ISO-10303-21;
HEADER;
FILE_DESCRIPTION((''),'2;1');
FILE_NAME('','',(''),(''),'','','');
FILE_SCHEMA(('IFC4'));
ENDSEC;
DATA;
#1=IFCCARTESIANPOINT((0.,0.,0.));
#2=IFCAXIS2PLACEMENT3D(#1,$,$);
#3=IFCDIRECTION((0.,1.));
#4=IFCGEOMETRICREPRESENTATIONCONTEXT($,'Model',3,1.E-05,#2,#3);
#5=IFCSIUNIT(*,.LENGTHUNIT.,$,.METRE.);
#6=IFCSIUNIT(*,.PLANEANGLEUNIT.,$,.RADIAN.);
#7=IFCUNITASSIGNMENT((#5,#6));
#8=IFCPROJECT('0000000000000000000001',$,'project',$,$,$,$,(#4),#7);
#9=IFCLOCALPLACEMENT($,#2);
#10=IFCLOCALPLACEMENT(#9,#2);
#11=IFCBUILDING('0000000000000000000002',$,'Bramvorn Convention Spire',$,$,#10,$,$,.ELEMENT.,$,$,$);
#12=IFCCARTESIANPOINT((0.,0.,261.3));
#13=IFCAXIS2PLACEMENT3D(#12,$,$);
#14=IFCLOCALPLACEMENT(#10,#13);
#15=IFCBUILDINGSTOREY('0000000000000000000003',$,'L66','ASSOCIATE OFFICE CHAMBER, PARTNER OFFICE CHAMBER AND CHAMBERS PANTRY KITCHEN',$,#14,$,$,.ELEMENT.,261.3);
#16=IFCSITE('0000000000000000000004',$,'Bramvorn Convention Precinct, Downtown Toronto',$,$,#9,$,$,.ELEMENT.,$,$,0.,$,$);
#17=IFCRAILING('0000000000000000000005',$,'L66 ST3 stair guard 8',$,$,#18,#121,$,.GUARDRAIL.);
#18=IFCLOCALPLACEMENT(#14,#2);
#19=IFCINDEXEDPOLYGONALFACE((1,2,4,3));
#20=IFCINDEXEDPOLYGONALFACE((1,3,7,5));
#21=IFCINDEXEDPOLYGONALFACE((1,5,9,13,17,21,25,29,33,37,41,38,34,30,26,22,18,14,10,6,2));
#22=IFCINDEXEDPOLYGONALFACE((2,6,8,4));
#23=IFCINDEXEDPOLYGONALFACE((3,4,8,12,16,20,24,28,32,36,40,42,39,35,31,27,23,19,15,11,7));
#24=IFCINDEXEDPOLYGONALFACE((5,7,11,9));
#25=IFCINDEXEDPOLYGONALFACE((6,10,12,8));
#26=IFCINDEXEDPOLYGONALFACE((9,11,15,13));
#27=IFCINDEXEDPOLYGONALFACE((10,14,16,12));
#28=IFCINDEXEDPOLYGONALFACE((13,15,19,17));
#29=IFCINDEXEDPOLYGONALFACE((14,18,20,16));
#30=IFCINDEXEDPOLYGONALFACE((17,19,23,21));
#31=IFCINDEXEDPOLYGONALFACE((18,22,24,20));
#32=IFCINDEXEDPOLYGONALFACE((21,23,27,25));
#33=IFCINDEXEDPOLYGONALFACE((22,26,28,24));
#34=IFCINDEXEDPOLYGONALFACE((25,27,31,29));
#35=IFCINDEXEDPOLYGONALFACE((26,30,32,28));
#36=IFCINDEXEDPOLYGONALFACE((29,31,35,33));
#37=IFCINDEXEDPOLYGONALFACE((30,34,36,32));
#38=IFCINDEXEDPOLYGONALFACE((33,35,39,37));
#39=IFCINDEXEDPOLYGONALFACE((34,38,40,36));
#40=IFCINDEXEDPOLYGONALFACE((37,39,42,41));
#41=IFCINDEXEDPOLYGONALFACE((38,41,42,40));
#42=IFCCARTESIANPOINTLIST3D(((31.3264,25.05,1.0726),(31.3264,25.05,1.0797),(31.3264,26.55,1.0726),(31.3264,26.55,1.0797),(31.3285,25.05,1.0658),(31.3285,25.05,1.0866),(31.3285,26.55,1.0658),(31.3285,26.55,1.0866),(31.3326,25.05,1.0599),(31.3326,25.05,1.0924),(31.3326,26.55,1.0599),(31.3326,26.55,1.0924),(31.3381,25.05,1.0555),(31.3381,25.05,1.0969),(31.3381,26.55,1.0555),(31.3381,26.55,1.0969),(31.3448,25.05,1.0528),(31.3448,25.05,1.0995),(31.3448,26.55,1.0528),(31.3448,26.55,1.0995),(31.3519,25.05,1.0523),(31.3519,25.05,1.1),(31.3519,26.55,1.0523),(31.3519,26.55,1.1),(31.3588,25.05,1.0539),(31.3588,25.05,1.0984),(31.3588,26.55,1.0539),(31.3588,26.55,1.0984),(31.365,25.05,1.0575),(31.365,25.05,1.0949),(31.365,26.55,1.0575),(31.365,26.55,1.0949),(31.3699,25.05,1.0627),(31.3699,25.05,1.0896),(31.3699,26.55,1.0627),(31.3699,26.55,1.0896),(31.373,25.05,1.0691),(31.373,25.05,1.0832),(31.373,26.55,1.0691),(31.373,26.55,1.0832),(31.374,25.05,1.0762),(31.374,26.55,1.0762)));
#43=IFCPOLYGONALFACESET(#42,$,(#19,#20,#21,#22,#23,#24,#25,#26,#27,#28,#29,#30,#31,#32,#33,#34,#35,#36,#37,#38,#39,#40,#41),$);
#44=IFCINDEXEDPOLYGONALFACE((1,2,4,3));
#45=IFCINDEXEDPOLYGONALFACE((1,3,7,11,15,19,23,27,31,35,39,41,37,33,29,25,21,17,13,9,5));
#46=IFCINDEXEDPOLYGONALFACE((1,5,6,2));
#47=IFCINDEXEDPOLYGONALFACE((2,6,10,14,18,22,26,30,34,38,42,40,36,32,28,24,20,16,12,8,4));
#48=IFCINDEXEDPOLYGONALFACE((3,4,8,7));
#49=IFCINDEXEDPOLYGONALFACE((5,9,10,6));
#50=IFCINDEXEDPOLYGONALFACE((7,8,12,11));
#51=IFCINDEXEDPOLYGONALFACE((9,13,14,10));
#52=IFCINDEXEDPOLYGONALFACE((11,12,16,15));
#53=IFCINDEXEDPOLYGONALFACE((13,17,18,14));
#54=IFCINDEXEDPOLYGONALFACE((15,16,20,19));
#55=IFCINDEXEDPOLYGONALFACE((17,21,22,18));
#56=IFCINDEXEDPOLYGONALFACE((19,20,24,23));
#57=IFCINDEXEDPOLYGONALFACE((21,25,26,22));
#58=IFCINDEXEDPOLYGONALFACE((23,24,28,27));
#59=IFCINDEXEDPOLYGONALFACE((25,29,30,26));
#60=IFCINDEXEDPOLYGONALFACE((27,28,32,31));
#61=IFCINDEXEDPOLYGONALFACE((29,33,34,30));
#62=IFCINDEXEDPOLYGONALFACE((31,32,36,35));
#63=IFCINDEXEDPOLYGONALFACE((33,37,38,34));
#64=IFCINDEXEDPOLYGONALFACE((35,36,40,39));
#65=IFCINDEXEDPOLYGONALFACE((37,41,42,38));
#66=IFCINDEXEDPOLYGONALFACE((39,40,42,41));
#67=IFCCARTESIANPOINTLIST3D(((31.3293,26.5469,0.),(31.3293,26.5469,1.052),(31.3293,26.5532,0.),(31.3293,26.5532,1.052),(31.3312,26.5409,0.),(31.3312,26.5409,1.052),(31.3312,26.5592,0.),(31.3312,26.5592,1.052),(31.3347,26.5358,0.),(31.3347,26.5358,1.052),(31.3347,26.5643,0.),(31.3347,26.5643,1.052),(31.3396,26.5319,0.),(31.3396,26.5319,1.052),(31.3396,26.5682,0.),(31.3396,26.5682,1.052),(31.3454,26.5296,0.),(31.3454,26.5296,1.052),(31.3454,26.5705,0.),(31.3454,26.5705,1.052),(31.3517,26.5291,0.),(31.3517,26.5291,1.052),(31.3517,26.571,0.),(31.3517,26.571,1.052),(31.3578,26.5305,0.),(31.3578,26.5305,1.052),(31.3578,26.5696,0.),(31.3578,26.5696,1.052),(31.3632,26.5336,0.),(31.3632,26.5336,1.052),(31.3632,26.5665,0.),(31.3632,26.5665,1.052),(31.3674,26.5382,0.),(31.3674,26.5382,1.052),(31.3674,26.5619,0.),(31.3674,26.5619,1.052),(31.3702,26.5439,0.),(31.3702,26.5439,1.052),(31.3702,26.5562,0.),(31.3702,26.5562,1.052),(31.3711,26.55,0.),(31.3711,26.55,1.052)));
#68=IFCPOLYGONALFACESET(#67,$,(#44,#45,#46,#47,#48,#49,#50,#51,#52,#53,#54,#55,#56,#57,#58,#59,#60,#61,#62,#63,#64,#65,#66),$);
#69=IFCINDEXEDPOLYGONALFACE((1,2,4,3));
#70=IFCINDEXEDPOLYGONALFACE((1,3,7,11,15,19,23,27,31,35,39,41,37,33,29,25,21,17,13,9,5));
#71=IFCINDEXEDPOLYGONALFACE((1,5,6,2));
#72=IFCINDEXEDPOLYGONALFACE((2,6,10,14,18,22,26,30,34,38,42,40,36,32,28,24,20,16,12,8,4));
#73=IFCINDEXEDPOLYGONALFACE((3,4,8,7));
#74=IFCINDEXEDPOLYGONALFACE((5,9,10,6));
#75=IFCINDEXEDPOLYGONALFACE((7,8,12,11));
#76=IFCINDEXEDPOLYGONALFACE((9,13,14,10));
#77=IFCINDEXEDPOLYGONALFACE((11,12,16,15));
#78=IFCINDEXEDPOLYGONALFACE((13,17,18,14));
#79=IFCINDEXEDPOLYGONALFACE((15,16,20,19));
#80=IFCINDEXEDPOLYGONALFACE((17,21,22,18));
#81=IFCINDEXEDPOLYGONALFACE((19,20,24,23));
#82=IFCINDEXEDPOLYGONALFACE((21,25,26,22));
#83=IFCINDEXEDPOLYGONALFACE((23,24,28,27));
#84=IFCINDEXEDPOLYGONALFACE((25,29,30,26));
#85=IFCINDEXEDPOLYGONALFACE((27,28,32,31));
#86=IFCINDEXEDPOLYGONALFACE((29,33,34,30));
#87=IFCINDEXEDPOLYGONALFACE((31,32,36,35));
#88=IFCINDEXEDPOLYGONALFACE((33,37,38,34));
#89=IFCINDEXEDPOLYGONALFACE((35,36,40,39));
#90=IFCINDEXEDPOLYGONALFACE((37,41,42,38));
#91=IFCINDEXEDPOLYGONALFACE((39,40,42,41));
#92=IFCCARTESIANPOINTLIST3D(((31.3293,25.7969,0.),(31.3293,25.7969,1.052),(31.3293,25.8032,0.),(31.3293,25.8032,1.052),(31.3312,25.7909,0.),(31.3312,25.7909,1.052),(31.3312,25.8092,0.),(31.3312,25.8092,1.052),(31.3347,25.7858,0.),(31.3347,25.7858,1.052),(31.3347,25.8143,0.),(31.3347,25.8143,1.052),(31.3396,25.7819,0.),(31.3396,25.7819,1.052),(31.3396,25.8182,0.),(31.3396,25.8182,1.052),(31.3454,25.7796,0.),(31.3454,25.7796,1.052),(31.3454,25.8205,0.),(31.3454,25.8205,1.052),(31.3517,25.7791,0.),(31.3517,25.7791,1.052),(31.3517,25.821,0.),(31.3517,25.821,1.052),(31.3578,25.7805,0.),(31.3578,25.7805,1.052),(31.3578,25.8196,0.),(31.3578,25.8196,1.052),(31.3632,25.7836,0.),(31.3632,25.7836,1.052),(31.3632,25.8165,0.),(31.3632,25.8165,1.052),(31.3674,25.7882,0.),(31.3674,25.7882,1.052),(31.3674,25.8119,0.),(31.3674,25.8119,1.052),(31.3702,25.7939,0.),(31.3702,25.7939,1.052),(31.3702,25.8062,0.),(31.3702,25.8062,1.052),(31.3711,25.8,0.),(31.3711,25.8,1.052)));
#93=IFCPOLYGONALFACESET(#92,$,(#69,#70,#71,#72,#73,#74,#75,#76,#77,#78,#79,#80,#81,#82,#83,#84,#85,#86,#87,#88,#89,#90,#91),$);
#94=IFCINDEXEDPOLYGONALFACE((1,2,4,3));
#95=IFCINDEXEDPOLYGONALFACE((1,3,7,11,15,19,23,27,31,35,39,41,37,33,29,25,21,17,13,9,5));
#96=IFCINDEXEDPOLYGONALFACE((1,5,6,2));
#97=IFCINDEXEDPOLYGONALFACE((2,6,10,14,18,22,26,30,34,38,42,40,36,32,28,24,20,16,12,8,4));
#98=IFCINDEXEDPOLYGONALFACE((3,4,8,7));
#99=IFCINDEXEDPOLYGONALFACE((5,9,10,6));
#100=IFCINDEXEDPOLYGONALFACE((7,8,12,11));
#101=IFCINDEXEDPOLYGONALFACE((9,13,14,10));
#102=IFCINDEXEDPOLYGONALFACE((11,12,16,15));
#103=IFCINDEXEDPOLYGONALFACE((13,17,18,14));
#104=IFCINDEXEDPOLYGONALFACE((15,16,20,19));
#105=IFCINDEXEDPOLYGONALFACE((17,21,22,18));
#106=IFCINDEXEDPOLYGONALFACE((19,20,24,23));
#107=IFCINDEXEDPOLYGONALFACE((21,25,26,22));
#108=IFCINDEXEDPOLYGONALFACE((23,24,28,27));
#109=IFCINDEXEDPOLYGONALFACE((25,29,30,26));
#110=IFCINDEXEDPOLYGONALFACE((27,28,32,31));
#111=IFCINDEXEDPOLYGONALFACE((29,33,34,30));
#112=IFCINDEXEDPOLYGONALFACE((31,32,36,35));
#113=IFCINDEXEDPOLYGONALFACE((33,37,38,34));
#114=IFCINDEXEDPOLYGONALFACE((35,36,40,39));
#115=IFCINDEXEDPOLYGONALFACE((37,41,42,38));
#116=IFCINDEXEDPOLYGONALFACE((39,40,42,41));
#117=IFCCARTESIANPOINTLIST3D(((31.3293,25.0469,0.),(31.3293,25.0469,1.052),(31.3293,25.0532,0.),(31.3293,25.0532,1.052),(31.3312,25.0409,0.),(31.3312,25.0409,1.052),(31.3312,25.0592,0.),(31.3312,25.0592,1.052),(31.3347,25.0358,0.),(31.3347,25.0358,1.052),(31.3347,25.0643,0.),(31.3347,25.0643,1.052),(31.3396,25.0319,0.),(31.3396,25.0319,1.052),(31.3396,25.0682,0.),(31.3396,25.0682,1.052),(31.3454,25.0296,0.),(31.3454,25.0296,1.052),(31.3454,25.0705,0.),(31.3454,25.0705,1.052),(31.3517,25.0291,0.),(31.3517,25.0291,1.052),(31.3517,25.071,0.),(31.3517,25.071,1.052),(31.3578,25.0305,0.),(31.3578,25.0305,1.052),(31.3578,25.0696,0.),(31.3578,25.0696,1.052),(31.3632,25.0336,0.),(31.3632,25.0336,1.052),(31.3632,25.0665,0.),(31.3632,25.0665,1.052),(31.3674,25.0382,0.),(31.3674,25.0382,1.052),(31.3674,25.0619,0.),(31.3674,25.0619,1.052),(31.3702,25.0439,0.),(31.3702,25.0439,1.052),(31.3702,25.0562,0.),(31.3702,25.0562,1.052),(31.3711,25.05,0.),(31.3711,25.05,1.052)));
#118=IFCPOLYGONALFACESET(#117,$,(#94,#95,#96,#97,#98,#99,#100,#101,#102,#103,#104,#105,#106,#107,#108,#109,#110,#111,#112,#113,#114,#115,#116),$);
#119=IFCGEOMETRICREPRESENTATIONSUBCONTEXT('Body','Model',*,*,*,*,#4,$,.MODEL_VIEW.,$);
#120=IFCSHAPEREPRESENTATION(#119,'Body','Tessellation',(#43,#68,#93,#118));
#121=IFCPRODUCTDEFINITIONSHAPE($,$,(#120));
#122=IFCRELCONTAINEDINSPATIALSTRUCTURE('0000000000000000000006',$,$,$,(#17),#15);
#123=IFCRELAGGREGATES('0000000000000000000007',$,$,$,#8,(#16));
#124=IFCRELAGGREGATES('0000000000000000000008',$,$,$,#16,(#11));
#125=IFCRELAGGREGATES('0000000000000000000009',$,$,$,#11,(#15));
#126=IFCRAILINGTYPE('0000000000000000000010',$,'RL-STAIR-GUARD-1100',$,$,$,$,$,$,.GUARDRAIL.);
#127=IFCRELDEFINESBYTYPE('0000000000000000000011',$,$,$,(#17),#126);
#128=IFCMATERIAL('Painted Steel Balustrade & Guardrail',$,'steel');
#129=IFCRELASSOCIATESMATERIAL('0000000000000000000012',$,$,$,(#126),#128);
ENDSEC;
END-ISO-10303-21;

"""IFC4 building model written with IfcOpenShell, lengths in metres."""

from ifc_helpers import new_model, si_unit, direction, frame, origin, origin_2d, place, context, subcontext, project, spatial, circle, extrude, material, type_object, element, save


model = new_model("IFC4")

# Units and contexts
model_context = context("Model", 3, precision=1e-05, world=origin(), true_north=direction((0.0, 1.0)))
body_context = subcontext(model_context, "Body", "Model", "MODEL_VIEW")
ifc_project = project(units=[si_unit("LENGTHUNIT", "METRE"), si_unit("PLANEANGLEUNIT", "RADIAN")], contexts=[model_context])

# Site, building, storey
site_placement = place(None, origin())
site = spatial("IfcSite", under=ifc_project, at=site_placement, Name="Bramvorn Convention Precinct, Downtown Toronto", CompositionType="ELEMENT", RefElevation=0.0)
building_placement = place(site_placement, origin())
building = spatial("IfcBuilding", under=site, at=building_placement, Name="Bramvorn Convention Spire", CompositionType="ELEMENT")
storey_placement = place(building_placement, frame((0.0, 0.0, 261.3)))
storey = spatial("IfcBuildingStorey", under=building, at=storey_placement, Name="L66", Description="ASSOCIATE OFFICE CHAMBER, PARTNER OFFICE CHAMBER AND CHAMBERS PANTRY KITCHEN", CompositionType="ELEMENT", Elevation=261.3)

# Railing
ifc_material_1 = material(Name="Painted Steel Balustrade & Guardrail", Category="steel")
railing_type = type_object("IfcRailingType", Name="RL-STAIR-GUARD-1100", PredefinedType="GUARDRAIL", material=ifc_material_1)
railing_1_placement = place(storey_placement, frame((31.3501, 26.55, 0.0)))
element("IfcRailing", 1, at=railing_1_placement, inside=storey, type_object=railing_type, Name="L66 ST3 stair guard 8", PredefinedType="GUARDRAIL", context=body_context, shape_type="SweptSolid", body=[
    extrude(circle(Radius=0.0239, at=origin_2d()), frame((0.0, 0.0, 1.0762), z_axis=(0.0, -1.0, 0.0), x_axis=(1.0, 0.0, 0.0)), (0.0, 0.0, 1.0), 1.5),
    extrude(circle(Radius=0.021, at=origin_2d()), origin(), (0.0, 0.0, 1.0), 1.052),
    extrude(circle(Radius=0.021, at=origin_2d()), frame((0.0, -0.75, 0.0)), (0.0, 0.0, 1.0), 1.052),
    extrude(circle(Radius=0.021, at=origin_2d()), frame((0.0, -1.5, 0.0)), (0.0, 0.0, 1.0), 1.052),
])

save(model, "model.ifc")
